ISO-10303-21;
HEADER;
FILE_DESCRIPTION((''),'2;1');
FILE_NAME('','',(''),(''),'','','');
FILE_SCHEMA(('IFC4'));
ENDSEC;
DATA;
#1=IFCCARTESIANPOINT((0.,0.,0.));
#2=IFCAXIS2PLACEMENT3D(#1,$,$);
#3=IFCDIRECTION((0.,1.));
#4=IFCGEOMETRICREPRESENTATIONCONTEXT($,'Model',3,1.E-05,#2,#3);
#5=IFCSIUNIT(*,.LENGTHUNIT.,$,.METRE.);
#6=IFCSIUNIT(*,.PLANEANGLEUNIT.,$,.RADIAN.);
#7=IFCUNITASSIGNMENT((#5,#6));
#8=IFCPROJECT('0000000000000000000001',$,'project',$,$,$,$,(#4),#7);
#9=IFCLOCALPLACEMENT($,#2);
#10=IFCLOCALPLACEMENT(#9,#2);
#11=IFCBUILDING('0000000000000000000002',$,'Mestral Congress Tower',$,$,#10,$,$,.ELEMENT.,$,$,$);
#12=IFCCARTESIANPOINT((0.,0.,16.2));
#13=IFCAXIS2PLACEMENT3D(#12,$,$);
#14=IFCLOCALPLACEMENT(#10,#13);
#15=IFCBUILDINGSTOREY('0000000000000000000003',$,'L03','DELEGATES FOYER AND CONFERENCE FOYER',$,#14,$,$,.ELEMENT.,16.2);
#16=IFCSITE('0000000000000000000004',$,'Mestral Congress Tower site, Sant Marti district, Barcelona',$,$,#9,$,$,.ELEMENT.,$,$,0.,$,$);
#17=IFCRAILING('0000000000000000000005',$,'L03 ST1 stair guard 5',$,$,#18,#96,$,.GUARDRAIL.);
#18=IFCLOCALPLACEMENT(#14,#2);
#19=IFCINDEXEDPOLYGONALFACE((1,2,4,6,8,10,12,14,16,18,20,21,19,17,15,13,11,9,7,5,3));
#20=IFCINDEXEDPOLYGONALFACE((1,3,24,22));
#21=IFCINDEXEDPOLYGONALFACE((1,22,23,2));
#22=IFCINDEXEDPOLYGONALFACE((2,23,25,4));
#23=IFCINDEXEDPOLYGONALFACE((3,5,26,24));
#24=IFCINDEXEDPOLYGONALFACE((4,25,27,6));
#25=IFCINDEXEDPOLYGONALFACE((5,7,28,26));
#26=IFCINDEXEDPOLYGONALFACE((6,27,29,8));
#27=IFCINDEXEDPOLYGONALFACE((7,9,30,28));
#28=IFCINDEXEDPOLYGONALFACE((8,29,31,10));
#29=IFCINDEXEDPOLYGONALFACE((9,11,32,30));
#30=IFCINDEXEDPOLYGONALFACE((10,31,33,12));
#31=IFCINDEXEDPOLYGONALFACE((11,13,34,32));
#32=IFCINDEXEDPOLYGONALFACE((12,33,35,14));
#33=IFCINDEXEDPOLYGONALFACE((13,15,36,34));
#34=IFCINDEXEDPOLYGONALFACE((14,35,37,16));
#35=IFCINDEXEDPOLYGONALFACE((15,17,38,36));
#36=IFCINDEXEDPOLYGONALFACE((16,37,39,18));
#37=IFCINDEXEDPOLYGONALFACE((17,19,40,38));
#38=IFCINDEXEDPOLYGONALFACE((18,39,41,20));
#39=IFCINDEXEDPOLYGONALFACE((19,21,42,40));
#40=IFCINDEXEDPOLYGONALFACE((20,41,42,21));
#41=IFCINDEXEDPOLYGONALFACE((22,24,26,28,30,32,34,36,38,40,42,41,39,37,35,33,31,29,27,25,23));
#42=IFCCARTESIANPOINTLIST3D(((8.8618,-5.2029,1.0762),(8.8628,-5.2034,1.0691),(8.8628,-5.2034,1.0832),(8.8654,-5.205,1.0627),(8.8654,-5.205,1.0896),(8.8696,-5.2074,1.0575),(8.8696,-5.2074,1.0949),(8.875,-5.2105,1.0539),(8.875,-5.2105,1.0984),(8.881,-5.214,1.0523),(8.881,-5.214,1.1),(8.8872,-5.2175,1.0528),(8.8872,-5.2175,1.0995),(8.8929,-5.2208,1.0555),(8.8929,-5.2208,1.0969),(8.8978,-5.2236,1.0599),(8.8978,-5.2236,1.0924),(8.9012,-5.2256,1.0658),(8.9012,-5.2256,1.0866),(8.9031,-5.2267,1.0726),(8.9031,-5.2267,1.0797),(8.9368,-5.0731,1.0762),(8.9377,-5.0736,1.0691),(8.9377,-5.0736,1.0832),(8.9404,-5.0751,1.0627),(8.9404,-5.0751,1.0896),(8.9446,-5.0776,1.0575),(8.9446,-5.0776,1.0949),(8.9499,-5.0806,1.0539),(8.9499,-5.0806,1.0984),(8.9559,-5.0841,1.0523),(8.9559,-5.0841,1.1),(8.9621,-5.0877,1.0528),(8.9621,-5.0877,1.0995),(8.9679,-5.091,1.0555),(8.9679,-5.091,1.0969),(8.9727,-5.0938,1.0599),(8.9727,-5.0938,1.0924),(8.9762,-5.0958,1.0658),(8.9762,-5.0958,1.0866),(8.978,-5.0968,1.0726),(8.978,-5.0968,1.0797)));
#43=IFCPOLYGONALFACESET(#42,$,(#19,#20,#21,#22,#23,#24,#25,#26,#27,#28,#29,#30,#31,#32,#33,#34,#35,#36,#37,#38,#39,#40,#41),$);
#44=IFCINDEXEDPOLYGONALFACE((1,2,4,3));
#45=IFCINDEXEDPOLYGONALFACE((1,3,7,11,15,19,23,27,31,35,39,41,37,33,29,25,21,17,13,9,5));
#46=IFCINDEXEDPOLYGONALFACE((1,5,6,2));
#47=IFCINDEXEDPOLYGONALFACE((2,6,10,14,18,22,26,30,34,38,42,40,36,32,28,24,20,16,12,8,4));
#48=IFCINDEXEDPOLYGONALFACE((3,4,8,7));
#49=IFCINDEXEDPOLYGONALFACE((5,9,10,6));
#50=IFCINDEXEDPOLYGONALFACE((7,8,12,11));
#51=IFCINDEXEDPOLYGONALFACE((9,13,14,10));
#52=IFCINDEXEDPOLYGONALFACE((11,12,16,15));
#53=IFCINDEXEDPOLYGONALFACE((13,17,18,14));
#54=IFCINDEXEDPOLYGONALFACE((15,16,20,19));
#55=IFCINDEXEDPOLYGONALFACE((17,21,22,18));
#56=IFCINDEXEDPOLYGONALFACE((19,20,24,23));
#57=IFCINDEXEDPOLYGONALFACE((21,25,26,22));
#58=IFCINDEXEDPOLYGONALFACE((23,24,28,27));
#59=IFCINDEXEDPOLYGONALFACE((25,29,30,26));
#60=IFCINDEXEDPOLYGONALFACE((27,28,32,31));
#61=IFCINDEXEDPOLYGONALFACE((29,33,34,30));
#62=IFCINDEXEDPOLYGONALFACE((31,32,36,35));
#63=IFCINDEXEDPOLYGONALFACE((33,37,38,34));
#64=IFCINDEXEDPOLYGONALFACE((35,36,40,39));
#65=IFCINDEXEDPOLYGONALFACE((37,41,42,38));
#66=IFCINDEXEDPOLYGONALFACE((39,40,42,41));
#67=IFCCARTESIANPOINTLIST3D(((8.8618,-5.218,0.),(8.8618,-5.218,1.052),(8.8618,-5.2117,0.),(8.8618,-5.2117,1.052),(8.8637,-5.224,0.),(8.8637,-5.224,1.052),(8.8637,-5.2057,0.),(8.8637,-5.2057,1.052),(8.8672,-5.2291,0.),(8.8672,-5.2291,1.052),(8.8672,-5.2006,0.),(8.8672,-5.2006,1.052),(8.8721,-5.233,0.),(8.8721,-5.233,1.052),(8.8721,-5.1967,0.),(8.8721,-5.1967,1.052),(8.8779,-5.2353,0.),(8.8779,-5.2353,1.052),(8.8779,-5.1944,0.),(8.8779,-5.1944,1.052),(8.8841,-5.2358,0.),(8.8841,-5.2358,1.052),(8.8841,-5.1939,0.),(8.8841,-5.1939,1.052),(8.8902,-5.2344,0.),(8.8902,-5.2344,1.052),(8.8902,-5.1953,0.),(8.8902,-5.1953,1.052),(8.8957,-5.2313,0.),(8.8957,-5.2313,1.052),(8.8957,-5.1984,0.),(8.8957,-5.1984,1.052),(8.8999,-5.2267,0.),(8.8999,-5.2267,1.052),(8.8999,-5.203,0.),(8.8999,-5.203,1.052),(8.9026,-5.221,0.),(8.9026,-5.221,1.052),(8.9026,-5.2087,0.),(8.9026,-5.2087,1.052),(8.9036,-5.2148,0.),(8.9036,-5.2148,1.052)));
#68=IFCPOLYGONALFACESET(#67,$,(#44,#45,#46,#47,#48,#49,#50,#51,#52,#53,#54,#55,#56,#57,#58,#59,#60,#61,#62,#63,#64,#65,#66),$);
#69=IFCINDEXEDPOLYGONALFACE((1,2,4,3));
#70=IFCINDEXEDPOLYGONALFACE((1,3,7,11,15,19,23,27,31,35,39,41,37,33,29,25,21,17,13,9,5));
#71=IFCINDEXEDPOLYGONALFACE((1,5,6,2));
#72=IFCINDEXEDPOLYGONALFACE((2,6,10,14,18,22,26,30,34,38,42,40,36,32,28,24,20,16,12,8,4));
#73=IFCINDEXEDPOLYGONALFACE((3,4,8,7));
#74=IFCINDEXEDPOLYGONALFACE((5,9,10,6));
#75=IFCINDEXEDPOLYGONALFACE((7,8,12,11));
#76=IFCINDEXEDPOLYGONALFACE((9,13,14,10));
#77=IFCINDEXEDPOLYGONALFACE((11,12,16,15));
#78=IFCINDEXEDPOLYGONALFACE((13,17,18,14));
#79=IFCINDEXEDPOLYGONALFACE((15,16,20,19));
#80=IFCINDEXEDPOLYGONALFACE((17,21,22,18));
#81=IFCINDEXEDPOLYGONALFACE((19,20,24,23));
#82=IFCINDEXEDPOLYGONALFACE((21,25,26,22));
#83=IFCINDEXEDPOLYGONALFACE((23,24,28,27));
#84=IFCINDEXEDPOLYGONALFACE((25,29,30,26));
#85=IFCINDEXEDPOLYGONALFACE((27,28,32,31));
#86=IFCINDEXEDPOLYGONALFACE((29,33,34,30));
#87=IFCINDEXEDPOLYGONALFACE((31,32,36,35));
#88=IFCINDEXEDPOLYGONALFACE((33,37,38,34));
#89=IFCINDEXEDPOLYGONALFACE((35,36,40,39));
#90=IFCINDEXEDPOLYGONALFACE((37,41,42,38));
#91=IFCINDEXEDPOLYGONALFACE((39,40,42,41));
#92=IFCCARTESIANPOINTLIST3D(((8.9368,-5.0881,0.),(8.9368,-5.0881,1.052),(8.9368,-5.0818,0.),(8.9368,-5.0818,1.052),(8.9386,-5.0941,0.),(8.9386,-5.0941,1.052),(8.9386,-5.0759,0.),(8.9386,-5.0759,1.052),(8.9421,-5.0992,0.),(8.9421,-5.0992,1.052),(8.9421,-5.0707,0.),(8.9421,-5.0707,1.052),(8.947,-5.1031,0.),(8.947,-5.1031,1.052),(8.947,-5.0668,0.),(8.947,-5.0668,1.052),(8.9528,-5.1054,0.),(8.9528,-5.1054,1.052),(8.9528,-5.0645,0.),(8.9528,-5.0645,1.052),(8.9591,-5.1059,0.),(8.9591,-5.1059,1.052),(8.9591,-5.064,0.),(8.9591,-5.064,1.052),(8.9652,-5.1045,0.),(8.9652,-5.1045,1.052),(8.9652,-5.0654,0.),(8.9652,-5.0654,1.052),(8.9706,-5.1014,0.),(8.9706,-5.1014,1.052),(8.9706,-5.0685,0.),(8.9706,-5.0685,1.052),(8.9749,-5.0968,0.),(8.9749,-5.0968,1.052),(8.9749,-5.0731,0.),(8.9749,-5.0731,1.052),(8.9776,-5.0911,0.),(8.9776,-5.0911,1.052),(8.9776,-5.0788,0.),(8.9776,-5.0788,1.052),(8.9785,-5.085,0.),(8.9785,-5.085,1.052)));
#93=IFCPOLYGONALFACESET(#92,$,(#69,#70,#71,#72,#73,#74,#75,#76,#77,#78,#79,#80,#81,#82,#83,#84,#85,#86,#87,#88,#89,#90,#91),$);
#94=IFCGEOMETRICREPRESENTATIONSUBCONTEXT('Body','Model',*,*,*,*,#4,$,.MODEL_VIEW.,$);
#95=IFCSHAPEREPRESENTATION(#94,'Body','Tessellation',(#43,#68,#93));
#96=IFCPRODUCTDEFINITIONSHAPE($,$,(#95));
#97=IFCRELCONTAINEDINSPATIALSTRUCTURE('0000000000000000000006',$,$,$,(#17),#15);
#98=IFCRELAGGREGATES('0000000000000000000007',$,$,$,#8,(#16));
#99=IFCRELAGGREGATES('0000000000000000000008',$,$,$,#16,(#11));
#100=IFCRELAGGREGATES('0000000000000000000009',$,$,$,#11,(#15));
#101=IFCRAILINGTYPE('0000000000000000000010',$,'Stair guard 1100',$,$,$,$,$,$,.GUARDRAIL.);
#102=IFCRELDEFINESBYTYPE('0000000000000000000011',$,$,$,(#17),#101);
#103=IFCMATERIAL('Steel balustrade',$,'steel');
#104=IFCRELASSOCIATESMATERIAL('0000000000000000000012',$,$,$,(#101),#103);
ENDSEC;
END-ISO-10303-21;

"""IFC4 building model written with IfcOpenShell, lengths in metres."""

from ifc_helpers import new_model, si_unit, direction, frame, origin, origin_2d, place, context, subcontext, project, spatial, circle, extrude, material, type_object, element, save


model = new_model("IFC4")

# Units and contexts
model_context = context("Model", 3, precision=1e-05, world=origin(), true_north=direction((0.0, 1.0)))
body_context = subcontext(model_context, "Body", "Model", "MODEL_VIEW")
ifc_project = project(units=[si_unit("LENGTHUNIT", "METRE"), si_unit("PLANEANGLEUNIT", "RADIAN")], contexts=[model_context])

# Site, building, storey
site_placement = place(None, origin())
site = spatial("IfcSite", under=ifc_project, at=site_placement, Name="Mestral Congress Tower site, Sant Marti district, Barcelona", CompositionType="ELEMENT", RefElevation=0.0)
building_placement = place(site_placement, origin())
building = spatial("IfcBuilding", under=site, at=building_placement, Name="Mestral Congress Tower", CompositionType="ELEMENT")
storey_placement = place(building_placement, frame((0.0, 0.0, 16.2)))
storey = spatial("IfcBuildingStorey", under=building, at=storey_placement, Name="L03", Description="DELEGATES FOYER AND CONFERENCE FOYER", CompositionType="ELEMENT", Elevation=16.2)

# Railing
ifc_material_1 = material(Name="Steel balustrade", Category="steel")
railing_type = type_object("IfcRailingType", Name="Stair guard 1100", PredefinedType="GUARDRAIL", material=ifc_material_1)
railing_1_placement = place(storey_placement, frame((8.8826, -5.2148, 0.0)))
element("IfcRailing", 1, at=railing_1_placement, inside=storey, type_object=railing_type, Name="L03 ST1 stair guard 5", PredefinedType="GUARDRAIL", context=body_context, shape_type="SweptSolid", body=[
    extrude(circle(Radius=0.0239, at=origin_2d()), frame((0.0, 0.0, 1.0762), z_axis=(0.499816, 0.866131, 0.0), x_axis=(-0.866131, 0.499816, 0.0)), (0.0, 0.0, 1.0), 0.1499),
    extrude(circle(Radius=0.021, at=origin_2d()), origin(), (0.0, 0.0, 1.0), 1.052),
    extrude(circle(Radius=0.021, at=origin_2d()), frame((0.075, 0.1299, 0.0)), (0.0, 0.0, 1.0), 1.052),
])

save(model, "model.ifc")
